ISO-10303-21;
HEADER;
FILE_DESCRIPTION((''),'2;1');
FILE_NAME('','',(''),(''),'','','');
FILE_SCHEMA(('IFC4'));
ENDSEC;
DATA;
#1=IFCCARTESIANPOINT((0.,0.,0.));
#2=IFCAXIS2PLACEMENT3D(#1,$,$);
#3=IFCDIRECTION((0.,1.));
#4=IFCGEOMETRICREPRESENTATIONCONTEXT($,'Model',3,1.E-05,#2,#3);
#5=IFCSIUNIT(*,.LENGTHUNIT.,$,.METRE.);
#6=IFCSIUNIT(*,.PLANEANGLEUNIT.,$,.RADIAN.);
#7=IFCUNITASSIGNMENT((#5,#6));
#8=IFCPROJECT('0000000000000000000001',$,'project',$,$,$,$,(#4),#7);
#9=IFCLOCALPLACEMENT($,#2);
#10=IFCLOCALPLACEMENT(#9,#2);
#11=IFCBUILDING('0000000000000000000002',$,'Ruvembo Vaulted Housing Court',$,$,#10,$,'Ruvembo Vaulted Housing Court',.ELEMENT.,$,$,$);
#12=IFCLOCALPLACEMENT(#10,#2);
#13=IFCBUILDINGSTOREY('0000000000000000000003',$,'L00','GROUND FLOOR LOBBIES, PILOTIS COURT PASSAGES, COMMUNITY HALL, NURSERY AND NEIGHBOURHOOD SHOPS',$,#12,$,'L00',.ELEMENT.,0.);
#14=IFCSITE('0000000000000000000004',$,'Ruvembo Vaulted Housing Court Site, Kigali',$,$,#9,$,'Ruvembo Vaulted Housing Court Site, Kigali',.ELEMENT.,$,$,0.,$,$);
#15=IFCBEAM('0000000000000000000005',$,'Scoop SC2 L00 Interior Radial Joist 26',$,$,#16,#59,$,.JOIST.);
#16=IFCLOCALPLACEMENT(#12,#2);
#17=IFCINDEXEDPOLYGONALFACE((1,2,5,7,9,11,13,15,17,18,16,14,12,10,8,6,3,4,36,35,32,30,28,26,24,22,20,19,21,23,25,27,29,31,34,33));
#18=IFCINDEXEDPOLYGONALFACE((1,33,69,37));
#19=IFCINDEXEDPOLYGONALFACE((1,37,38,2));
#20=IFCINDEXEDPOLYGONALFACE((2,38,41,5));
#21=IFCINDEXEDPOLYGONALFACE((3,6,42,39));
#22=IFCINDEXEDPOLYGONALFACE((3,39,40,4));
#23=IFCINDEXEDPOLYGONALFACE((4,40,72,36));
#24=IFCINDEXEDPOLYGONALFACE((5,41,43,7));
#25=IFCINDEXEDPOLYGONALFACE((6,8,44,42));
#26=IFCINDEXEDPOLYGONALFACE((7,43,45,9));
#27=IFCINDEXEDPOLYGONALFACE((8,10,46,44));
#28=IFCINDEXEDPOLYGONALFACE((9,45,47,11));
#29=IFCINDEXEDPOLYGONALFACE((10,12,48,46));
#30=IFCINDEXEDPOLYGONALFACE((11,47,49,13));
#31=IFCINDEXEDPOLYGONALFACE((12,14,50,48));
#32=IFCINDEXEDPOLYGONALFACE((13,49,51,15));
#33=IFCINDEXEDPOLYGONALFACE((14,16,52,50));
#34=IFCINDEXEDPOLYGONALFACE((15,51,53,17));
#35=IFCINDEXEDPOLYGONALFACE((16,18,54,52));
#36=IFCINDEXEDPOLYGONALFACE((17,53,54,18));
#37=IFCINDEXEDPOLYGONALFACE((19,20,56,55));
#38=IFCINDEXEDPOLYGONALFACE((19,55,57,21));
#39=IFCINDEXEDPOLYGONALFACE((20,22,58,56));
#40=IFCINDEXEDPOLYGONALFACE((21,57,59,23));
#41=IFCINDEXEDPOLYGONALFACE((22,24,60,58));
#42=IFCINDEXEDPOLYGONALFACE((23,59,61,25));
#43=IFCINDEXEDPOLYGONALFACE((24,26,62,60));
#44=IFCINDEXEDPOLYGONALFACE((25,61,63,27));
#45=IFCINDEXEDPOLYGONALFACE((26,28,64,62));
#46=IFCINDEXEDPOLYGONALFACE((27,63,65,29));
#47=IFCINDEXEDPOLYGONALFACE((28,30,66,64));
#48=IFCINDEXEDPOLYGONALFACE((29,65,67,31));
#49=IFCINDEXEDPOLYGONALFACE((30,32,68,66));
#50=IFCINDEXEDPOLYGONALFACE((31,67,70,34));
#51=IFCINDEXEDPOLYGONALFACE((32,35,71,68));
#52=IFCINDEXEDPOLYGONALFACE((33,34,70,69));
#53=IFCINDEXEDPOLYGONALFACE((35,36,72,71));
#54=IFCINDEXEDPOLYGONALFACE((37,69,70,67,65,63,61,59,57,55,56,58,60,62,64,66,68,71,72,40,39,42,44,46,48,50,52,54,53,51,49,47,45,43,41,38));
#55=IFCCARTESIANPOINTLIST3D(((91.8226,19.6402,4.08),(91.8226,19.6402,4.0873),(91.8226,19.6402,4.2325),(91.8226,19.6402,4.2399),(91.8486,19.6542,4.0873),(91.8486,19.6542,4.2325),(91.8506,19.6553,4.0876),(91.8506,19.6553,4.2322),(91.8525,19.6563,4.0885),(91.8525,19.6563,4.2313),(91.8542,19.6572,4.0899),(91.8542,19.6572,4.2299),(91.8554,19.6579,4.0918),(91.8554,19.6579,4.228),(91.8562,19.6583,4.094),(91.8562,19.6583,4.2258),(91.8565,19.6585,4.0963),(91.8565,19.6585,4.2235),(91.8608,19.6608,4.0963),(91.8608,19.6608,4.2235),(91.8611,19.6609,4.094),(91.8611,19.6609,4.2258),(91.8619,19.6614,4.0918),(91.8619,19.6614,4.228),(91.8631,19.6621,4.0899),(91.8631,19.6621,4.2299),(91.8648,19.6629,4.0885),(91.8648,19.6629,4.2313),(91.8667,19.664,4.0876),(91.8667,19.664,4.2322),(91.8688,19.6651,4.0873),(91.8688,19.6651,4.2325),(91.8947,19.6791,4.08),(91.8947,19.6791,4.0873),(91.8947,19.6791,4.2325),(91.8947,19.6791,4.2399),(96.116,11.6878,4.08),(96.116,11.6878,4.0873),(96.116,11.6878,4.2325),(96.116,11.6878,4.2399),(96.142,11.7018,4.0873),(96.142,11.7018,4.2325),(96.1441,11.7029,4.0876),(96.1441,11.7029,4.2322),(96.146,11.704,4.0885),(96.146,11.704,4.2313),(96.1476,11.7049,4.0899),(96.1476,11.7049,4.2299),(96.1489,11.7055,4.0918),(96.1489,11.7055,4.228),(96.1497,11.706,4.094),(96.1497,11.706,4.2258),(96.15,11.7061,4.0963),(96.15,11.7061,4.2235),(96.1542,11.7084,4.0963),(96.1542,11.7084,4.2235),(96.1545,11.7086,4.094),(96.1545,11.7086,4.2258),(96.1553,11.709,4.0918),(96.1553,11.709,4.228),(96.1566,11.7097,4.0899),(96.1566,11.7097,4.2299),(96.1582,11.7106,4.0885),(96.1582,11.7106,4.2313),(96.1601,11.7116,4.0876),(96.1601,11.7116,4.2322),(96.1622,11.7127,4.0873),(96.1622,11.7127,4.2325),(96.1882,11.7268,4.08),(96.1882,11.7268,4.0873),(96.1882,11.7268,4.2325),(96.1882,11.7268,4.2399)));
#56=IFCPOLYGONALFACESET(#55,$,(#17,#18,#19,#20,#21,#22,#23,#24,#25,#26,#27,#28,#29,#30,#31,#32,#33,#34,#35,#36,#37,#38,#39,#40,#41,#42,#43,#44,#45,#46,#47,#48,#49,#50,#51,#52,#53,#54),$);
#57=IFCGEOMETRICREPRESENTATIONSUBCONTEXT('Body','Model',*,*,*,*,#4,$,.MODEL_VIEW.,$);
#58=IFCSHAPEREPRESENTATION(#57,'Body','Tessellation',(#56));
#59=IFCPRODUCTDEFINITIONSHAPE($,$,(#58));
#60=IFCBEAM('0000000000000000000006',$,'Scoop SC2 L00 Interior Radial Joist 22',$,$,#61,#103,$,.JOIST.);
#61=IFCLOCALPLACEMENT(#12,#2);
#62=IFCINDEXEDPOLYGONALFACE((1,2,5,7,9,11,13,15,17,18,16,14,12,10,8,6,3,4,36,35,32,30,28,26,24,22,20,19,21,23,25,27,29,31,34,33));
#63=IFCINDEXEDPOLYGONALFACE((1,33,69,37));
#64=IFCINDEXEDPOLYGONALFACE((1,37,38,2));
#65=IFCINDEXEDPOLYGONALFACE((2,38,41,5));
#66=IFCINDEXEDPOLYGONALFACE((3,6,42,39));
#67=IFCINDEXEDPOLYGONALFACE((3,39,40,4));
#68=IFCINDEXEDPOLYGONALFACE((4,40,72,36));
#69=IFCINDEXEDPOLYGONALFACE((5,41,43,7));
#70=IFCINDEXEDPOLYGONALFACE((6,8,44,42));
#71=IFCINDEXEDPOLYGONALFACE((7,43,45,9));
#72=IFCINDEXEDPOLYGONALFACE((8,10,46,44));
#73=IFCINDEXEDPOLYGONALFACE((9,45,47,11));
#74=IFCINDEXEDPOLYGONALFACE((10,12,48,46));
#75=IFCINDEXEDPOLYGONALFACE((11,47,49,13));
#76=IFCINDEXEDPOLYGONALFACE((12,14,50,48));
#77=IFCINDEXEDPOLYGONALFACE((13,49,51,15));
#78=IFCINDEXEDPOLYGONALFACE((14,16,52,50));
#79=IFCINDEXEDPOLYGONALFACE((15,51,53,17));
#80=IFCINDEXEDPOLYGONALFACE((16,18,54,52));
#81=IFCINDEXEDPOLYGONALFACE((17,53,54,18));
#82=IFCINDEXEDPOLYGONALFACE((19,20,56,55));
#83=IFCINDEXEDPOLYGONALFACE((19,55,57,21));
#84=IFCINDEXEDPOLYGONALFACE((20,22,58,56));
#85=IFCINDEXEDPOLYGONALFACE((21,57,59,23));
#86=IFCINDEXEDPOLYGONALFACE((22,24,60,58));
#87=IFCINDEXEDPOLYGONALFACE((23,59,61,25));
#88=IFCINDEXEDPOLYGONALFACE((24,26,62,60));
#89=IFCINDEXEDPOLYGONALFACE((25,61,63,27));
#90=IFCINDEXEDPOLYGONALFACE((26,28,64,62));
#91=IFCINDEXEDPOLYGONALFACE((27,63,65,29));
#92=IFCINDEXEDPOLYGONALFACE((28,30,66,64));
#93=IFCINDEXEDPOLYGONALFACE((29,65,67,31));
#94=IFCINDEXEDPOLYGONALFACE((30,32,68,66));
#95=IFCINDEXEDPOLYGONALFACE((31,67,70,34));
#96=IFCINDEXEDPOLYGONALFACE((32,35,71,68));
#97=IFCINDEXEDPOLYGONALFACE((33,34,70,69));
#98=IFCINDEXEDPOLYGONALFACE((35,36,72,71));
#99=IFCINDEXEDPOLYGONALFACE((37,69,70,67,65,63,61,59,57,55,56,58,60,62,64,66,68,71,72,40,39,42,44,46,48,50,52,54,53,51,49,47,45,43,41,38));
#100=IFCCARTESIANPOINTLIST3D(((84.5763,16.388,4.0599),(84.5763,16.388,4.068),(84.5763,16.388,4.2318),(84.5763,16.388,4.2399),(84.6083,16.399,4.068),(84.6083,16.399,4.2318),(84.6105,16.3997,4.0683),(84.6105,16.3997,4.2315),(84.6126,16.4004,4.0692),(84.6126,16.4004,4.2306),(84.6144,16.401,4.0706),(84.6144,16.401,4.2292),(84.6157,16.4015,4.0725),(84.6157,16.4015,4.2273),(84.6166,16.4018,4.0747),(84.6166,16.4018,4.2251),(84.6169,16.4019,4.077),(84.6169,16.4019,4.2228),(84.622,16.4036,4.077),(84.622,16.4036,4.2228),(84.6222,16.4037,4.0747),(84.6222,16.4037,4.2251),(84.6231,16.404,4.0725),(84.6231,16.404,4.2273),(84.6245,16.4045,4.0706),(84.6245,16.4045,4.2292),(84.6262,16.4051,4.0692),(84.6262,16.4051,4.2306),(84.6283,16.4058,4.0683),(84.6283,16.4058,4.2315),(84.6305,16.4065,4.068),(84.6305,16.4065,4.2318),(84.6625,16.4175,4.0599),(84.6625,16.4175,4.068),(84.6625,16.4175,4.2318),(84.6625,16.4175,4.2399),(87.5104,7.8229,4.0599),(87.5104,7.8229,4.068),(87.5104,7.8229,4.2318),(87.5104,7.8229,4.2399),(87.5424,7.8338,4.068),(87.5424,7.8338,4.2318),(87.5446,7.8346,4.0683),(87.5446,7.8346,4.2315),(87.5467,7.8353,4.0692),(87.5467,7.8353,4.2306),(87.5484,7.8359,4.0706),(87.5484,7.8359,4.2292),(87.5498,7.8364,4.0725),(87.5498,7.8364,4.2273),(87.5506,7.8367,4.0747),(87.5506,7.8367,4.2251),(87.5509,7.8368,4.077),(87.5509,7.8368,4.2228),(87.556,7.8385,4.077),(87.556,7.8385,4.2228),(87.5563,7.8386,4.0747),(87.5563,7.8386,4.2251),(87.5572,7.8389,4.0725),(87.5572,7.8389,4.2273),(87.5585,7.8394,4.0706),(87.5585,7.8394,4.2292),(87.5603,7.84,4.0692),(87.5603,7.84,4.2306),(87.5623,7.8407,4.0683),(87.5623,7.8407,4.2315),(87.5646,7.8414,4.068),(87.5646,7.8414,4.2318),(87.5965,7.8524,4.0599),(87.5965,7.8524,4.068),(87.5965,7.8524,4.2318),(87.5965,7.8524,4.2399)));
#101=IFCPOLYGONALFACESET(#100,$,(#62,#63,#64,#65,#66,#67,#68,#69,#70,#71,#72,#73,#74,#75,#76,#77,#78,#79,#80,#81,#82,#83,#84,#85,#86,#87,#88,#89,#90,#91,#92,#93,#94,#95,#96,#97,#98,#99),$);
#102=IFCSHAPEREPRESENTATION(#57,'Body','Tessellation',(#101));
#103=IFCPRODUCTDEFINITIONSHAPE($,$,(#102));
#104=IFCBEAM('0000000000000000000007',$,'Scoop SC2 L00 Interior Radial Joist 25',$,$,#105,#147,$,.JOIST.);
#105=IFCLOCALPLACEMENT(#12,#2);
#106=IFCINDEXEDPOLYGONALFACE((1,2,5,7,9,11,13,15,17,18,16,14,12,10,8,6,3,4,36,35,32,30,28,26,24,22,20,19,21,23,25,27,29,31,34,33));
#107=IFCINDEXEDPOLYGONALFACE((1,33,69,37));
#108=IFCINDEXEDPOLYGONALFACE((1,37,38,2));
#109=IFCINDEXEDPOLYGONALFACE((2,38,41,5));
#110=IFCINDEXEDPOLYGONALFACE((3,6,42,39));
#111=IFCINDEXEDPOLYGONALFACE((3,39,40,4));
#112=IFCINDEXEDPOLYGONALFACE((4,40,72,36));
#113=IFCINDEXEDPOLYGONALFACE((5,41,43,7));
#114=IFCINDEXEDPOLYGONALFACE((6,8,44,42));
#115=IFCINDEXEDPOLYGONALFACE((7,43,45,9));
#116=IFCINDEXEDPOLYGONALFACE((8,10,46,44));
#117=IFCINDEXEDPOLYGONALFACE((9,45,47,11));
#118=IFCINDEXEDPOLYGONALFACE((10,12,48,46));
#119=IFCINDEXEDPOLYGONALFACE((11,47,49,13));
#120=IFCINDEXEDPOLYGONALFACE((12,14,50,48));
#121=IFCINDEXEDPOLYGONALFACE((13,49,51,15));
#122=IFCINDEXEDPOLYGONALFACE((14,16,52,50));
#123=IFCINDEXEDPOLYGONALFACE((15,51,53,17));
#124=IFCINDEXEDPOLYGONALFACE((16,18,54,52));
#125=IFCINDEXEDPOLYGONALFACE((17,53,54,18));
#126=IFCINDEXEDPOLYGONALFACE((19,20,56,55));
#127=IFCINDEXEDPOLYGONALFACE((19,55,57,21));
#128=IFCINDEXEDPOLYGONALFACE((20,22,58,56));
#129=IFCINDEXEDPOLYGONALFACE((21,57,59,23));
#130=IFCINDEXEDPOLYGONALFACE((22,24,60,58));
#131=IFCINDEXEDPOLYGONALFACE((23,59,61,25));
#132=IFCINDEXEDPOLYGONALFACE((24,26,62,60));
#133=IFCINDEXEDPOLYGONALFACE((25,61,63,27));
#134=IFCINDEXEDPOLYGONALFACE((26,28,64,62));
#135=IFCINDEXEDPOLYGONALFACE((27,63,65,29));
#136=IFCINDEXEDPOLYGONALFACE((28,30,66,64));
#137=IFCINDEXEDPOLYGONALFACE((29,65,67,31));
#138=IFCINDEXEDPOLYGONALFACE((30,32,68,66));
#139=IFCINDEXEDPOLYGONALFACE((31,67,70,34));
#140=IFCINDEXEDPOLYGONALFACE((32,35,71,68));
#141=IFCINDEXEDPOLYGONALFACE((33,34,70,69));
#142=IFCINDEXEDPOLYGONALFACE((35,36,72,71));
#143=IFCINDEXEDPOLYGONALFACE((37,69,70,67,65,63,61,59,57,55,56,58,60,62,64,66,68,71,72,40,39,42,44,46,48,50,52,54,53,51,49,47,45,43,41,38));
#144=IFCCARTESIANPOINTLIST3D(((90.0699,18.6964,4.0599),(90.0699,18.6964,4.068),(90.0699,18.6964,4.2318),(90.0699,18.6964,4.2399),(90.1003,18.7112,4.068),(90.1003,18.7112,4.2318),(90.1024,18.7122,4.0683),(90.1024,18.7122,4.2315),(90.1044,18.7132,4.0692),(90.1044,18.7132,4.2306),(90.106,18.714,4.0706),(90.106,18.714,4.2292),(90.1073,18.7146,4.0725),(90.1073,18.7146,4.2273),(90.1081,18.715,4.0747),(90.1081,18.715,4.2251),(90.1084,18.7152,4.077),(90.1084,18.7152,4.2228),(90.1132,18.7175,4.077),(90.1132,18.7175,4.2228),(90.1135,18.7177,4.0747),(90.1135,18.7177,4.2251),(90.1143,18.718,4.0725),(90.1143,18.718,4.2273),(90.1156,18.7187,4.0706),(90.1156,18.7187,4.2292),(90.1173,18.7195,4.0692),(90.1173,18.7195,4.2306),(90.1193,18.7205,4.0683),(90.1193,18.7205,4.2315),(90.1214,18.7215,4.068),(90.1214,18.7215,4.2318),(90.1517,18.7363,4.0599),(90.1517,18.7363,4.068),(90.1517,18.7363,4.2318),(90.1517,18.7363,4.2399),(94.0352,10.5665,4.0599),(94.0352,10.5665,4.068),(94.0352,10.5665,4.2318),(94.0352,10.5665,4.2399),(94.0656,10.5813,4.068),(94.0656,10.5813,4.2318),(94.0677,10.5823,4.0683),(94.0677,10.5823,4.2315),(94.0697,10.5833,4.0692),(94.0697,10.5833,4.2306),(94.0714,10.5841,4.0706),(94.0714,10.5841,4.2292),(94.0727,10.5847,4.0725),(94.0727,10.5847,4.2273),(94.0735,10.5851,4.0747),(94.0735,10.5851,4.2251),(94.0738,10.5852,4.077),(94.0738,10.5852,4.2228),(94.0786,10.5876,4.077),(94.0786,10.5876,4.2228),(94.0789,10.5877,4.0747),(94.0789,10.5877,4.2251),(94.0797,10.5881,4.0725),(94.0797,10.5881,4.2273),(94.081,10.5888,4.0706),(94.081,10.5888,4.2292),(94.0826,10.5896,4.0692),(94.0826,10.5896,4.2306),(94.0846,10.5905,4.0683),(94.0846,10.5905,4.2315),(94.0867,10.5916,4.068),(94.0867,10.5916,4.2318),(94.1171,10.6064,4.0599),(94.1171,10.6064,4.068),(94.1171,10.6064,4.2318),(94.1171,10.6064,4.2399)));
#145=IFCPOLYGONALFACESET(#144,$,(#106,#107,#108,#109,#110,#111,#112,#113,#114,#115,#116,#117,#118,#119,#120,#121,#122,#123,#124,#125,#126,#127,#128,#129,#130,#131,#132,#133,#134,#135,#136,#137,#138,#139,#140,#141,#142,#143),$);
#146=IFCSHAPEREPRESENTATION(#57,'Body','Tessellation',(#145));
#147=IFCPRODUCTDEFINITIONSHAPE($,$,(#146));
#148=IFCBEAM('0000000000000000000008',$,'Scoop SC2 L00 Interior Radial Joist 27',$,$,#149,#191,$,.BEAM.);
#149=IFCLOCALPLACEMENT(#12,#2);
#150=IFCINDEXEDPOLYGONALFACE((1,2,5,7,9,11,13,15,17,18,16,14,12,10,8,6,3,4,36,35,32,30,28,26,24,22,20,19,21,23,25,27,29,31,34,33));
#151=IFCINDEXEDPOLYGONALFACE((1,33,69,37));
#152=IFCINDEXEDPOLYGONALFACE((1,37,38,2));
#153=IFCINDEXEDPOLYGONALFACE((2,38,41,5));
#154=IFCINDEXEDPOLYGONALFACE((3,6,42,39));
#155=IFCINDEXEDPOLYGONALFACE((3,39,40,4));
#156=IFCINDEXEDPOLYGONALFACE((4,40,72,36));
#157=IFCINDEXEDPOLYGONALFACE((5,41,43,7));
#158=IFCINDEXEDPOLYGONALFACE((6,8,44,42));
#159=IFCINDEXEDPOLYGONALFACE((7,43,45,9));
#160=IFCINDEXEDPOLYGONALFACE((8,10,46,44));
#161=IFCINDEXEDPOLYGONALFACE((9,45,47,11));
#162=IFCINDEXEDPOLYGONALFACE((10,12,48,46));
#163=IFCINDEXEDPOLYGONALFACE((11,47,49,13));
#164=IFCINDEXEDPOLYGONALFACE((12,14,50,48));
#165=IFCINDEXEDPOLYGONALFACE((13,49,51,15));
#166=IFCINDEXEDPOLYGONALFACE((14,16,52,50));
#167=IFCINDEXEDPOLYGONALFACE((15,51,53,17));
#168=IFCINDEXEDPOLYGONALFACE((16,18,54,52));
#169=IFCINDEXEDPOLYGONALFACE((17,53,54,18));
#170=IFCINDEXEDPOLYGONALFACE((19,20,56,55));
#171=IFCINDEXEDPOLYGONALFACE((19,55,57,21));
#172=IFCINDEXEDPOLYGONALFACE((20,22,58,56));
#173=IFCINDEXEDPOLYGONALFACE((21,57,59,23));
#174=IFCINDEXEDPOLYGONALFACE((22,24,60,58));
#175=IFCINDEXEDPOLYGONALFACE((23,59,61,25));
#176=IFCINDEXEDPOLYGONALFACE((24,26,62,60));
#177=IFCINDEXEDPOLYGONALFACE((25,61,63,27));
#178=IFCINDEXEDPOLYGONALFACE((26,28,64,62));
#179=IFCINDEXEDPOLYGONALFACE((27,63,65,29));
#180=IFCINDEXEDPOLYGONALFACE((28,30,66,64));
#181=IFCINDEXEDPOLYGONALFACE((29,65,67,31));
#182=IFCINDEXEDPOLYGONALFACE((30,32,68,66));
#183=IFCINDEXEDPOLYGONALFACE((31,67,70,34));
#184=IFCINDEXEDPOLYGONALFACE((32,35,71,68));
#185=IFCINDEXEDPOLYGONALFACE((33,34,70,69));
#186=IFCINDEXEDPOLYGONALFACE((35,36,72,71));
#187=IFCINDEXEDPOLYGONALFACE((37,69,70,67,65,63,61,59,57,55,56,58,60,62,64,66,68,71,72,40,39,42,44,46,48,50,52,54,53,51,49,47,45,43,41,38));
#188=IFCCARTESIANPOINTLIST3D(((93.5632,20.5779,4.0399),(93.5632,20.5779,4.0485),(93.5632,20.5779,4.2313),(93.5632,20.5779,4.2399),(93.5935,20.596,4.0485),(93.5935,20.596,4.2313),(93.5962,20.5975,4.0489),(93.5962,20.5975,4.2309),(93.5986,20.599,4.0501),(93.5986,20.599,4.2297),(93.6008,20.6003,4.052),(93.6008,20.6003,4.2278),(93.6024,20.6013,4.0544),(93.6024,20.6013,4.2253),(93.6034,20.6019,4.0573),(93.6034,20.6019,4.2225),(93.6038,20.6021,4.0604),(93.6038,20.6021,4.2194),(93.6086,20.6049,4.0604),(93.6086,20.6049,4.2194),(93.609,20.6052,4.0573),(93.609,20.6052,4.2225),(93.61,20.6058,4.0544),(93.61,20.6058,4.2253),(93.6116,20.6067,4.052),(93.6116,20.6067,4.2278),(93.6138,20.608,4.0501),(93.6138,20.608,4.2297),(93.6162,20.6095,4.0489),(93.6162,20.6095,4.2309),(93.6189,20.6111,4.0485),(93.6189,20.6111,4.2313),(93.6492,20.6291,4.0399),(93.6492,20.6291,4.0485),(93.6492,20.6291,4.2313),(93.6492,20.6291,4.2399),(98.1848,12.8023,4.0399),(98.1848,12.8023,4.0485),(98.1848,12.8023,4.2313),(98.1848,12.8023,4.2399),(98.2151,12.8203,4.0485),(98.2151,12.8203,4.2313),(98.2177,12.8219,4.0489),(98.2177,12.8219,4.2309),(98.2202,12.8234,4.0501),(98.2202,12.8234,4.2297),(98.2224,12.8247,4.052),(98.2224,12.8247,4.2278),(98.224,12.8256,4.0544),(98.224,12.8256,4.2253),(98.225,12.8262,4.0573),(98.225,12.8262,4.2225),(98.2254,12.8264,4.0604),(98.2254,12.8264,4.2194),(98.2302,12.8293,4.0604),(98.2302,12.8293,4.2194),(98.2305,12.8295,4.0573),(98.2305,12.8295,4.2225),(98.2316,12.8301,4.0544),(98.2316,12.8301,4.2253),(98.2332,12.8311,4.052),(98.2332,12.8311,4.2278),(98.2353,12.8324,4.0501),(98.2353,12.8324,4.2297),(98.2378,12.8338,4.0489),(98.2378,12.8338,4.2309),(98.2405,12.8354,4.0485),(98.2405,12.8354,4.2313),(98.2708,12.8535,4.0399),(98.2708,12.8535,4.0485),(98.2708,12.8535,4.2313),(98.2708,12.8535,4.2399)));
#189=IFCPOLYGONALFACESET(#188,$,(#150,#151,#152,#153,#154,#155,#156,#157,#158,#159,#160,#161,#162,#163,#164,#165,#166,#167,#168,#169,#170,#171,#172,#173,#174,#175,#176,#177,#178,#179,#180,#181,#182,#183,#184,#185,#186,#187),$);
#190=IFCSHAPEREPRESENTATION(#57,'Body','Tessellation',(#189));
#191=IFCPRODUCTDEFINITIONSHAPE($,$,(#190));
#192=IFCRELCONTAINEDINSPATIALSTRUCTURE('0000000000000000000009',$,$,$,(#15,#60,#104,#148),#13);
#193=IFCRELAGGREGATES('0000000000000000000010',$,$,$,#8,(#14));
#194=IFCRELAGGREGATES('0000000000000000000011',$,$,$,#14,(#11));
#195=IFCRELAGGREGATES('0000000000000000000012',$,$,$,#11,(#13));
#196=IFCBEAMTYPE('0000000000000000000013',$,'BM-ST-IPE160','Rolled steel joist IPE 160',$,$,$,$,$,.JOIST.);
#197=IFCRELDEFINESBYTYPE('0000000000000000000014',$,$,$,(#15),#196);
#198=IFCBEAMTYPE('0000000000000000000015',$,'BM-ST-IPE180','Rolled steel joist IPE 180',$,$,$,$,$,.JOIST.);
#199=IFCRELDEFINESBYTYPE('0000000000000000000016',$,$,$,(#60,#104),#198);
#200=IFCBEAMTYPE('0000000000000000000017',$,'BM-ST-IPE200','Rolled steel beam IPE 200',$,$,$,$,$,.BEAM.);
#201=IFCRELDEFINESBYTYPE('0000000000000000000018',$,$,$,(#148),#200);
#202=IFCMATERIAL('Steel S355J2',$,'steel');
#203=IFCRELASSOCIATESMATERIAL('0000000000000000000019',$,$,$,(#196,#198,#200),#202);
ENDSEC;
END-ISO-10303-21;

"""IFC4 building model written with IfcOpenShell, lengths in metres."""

from ifc_helpers import new_model, si_unit, direction, frame, origin, origin_2d, place, context, subcontext, project, spatial, i_section, extrude, material, material_profile, profile_set, type_object, element, save


model = new_model("IFC4")

# Units and contexts
model_context = context("Model", 3, precision=1e-05, world=origin(), true_north=direction((0.0, 1.0)))
body_context = subcontext(model_context, "Body", "Model", "MODEL_VIEW")
ifc_project = project(units=[si_unit("LENGTHUNIT", "METRE"), si_unit("PLANEANGLEUNIT", "RADIAN")], contexts=[model_context])

# Site, building, storey
site_placement = place(None, origin())
site = spatial("IfcSite", under=ifc_project, at=site_placement, Name="Ruvembo Vaulted Housing Court Site, Kigali", LongName="Ruvembo Vaulted Housing Court Site, Kigali", CompositionType="ELEMENT", RefElevation=0.0)
building_placement = place(site_placement, origin())
building = spatial("IfcBuilding", under=site, at=building_placement, Name="Ruvembo Vaulted Housing Court", LongName="Ruvembo Vaulted Housing Court", CompositionType="ELEMENT")
storey_placement = place(building_placement, origin())
storey = spatial("IfcBuildingStorey", under=building, at=storey_placement, Name="L00", Description="GROUND FLOOR LOBBIES, PILOTIS COURT PASSAGES, COMMUNITY HALL, NURSERY AND NEIGHBOURHOOD SHOPS", LongName="L00", CompositionType="ELEMENT", Elevation=0.0)

# Beams
ifc_material_1 = material(Name="Steel S355J2", Category="steel")
ifc_material_profile_1 = material_profile(ifc_material_1, i_section(OverallWidth=0.082, OverallDepth=0.1599, WebThickness=0.0049, FlangeThickness=0.0073, FilletRadius=0.009, at=origin_2d()), Name="IPE 160")
ifc_profile_set_1 = profile_set([ifc_material_profile_1], Name="Steel S355J2")
beam_type_1 = type_object("IfcBeamType", Name="BM-ST-IPE160", Description="Rolled steel joist IPE 160", PredefinedType="JOIST", material=ifc_profile_set_1)
beam_1_placement = place(storey_placement, frame((96.1521, 11.7073, 4.1599), z_axis=(-0.475077, 0.879944, 0.0), x_axis=(-0.879944, -0.475077, 0.0)))
element("IfcBeam", 1, at=beam_1_placement, inside=storey, type_object=beam_type_1, Name="Scoop SC2 L00 Interior Radial Joist 26", PredefinedType="JOIST", context=body_context, shape_type="SweptSolid", body=[
    extrude(i_section(OverallWidth=0.082, OverallDepth=0.1599, WebThickness=0.0049, FlangeThickness=0.0073, FilletRadius=0.009, at=origin_2d()), origin(), (0.0, 0.0, 1.0), 9.0374),
])
ifc_material_profile_2 = material_profile(ifc_material_1, i_section(OverallWidth=0.0911, OverallDepth=0.1799, WebThickness=0.0054, FlangeThickness=0.0081, FilletRadius=0.009, at=origin_2d()), Name="IPE 180")
ifc_profile_set_2 = profile_set([ifc_material_profile_2], Name="Steel S355J2")
beam_type_2 = type_object("IfcBeamType", Name="BM-ST-IPE180", Description="Rolled steel joist IPE 180", PredefinedType="JOIST", material=ifc_profile_set_2)
beam_2_placement = place(storey_placement, frame((87.5535, 7.8376, 4.1499), z_axis=(-0.324072, 0.946032, 0.0), x_axis=(-0.946032, -0.324072, 0.0)))
element("IfcBeam", 2, at=beam_2_placement, inside=storey, type_object=beam_type_2, Name="Scoop SC2 L00 Interior Radial Joist 22", PredefinedType="JOIST", context=body_context, shape_type="SweptSolid", body=[
    extrude(i_section(OverallWidth=0.0911, OverallDepth=0.1799, WebThickness=0.0054, FlangeThickness=0.0081, FilletRadius=0.009, at=origin_2d()), origin(), (0.0, 0.0, 1.0), 9.0537),
])
beam_3_placement = place(storey_placement, frame((94.0762, 10.5864, 4.1499), z_axis=(-0.438382, 0.898789, 0.0), x_axis=(-0.898789, -0.438382, 0.0)))
element("IfcBeam", 3, at=beam_3_placement, inside=storey, type_object=beam_type_2, Name="Scoop SC2 L00 Interior Radial Joist 25", PredefinedType="JOIST", context=body_context, shape_type="SweptSolid", body=[
    extrude(i_section(OverallWidth=0.0911, OverallDepth=0.1799, WebThickness=0.0054, FlangeThickness=0.0081, FilletRadius=0.009, at=origin_2d()), origin(), (0.0, 0.0, 1.0), 9.0454),
])
ifc_material_profile_3 = material_profile(ifc_material_1, i_section(OverallWidth=0.1001, OverallDepth=0.2, WebThickness=0.0056, FlangeThickness=0.0085, FilletRadius=0.012, at=origin_2d()), Name="IPE 200")
ifc_profile_set_3 = profile_set([ifc_material_profile_3], Name="Steel S355J2")
beam_type_3 = type_object("IfcBeamType", Name="BM-ST-IPE200", Description="Rolled steel beam IPE 200", PredefinedType="BEAM", material=ifc_profile_set_3)
beam_4_placement = place(storey_placement, frame((98.2278, 12.8279, 4.1399), z_axis=(-0.510931, 0.859622, 0.0), x_axis=(-0.859622, -0.510931, 0.0)))
element("IfcBeam", 4, at=beam_4_placement, inside=storey, type_object=beam_type_3, Name="Scoop SC2 L00 Interior Radial Joist 27", PredefinedType="BEAM", context=body_context, shape_type="SweptSolid", body=[
    extrude(i_section(OverallWidth=0.1001, OverallDepth=0.2, WebThickness=0.0056, FlangeThickness=0.0085, FilletRadius=0.012, at=origin_2d()), origin(), (0.0, 0.0, 1.0), 9.0454),
])

save(model, "model.ifc")
